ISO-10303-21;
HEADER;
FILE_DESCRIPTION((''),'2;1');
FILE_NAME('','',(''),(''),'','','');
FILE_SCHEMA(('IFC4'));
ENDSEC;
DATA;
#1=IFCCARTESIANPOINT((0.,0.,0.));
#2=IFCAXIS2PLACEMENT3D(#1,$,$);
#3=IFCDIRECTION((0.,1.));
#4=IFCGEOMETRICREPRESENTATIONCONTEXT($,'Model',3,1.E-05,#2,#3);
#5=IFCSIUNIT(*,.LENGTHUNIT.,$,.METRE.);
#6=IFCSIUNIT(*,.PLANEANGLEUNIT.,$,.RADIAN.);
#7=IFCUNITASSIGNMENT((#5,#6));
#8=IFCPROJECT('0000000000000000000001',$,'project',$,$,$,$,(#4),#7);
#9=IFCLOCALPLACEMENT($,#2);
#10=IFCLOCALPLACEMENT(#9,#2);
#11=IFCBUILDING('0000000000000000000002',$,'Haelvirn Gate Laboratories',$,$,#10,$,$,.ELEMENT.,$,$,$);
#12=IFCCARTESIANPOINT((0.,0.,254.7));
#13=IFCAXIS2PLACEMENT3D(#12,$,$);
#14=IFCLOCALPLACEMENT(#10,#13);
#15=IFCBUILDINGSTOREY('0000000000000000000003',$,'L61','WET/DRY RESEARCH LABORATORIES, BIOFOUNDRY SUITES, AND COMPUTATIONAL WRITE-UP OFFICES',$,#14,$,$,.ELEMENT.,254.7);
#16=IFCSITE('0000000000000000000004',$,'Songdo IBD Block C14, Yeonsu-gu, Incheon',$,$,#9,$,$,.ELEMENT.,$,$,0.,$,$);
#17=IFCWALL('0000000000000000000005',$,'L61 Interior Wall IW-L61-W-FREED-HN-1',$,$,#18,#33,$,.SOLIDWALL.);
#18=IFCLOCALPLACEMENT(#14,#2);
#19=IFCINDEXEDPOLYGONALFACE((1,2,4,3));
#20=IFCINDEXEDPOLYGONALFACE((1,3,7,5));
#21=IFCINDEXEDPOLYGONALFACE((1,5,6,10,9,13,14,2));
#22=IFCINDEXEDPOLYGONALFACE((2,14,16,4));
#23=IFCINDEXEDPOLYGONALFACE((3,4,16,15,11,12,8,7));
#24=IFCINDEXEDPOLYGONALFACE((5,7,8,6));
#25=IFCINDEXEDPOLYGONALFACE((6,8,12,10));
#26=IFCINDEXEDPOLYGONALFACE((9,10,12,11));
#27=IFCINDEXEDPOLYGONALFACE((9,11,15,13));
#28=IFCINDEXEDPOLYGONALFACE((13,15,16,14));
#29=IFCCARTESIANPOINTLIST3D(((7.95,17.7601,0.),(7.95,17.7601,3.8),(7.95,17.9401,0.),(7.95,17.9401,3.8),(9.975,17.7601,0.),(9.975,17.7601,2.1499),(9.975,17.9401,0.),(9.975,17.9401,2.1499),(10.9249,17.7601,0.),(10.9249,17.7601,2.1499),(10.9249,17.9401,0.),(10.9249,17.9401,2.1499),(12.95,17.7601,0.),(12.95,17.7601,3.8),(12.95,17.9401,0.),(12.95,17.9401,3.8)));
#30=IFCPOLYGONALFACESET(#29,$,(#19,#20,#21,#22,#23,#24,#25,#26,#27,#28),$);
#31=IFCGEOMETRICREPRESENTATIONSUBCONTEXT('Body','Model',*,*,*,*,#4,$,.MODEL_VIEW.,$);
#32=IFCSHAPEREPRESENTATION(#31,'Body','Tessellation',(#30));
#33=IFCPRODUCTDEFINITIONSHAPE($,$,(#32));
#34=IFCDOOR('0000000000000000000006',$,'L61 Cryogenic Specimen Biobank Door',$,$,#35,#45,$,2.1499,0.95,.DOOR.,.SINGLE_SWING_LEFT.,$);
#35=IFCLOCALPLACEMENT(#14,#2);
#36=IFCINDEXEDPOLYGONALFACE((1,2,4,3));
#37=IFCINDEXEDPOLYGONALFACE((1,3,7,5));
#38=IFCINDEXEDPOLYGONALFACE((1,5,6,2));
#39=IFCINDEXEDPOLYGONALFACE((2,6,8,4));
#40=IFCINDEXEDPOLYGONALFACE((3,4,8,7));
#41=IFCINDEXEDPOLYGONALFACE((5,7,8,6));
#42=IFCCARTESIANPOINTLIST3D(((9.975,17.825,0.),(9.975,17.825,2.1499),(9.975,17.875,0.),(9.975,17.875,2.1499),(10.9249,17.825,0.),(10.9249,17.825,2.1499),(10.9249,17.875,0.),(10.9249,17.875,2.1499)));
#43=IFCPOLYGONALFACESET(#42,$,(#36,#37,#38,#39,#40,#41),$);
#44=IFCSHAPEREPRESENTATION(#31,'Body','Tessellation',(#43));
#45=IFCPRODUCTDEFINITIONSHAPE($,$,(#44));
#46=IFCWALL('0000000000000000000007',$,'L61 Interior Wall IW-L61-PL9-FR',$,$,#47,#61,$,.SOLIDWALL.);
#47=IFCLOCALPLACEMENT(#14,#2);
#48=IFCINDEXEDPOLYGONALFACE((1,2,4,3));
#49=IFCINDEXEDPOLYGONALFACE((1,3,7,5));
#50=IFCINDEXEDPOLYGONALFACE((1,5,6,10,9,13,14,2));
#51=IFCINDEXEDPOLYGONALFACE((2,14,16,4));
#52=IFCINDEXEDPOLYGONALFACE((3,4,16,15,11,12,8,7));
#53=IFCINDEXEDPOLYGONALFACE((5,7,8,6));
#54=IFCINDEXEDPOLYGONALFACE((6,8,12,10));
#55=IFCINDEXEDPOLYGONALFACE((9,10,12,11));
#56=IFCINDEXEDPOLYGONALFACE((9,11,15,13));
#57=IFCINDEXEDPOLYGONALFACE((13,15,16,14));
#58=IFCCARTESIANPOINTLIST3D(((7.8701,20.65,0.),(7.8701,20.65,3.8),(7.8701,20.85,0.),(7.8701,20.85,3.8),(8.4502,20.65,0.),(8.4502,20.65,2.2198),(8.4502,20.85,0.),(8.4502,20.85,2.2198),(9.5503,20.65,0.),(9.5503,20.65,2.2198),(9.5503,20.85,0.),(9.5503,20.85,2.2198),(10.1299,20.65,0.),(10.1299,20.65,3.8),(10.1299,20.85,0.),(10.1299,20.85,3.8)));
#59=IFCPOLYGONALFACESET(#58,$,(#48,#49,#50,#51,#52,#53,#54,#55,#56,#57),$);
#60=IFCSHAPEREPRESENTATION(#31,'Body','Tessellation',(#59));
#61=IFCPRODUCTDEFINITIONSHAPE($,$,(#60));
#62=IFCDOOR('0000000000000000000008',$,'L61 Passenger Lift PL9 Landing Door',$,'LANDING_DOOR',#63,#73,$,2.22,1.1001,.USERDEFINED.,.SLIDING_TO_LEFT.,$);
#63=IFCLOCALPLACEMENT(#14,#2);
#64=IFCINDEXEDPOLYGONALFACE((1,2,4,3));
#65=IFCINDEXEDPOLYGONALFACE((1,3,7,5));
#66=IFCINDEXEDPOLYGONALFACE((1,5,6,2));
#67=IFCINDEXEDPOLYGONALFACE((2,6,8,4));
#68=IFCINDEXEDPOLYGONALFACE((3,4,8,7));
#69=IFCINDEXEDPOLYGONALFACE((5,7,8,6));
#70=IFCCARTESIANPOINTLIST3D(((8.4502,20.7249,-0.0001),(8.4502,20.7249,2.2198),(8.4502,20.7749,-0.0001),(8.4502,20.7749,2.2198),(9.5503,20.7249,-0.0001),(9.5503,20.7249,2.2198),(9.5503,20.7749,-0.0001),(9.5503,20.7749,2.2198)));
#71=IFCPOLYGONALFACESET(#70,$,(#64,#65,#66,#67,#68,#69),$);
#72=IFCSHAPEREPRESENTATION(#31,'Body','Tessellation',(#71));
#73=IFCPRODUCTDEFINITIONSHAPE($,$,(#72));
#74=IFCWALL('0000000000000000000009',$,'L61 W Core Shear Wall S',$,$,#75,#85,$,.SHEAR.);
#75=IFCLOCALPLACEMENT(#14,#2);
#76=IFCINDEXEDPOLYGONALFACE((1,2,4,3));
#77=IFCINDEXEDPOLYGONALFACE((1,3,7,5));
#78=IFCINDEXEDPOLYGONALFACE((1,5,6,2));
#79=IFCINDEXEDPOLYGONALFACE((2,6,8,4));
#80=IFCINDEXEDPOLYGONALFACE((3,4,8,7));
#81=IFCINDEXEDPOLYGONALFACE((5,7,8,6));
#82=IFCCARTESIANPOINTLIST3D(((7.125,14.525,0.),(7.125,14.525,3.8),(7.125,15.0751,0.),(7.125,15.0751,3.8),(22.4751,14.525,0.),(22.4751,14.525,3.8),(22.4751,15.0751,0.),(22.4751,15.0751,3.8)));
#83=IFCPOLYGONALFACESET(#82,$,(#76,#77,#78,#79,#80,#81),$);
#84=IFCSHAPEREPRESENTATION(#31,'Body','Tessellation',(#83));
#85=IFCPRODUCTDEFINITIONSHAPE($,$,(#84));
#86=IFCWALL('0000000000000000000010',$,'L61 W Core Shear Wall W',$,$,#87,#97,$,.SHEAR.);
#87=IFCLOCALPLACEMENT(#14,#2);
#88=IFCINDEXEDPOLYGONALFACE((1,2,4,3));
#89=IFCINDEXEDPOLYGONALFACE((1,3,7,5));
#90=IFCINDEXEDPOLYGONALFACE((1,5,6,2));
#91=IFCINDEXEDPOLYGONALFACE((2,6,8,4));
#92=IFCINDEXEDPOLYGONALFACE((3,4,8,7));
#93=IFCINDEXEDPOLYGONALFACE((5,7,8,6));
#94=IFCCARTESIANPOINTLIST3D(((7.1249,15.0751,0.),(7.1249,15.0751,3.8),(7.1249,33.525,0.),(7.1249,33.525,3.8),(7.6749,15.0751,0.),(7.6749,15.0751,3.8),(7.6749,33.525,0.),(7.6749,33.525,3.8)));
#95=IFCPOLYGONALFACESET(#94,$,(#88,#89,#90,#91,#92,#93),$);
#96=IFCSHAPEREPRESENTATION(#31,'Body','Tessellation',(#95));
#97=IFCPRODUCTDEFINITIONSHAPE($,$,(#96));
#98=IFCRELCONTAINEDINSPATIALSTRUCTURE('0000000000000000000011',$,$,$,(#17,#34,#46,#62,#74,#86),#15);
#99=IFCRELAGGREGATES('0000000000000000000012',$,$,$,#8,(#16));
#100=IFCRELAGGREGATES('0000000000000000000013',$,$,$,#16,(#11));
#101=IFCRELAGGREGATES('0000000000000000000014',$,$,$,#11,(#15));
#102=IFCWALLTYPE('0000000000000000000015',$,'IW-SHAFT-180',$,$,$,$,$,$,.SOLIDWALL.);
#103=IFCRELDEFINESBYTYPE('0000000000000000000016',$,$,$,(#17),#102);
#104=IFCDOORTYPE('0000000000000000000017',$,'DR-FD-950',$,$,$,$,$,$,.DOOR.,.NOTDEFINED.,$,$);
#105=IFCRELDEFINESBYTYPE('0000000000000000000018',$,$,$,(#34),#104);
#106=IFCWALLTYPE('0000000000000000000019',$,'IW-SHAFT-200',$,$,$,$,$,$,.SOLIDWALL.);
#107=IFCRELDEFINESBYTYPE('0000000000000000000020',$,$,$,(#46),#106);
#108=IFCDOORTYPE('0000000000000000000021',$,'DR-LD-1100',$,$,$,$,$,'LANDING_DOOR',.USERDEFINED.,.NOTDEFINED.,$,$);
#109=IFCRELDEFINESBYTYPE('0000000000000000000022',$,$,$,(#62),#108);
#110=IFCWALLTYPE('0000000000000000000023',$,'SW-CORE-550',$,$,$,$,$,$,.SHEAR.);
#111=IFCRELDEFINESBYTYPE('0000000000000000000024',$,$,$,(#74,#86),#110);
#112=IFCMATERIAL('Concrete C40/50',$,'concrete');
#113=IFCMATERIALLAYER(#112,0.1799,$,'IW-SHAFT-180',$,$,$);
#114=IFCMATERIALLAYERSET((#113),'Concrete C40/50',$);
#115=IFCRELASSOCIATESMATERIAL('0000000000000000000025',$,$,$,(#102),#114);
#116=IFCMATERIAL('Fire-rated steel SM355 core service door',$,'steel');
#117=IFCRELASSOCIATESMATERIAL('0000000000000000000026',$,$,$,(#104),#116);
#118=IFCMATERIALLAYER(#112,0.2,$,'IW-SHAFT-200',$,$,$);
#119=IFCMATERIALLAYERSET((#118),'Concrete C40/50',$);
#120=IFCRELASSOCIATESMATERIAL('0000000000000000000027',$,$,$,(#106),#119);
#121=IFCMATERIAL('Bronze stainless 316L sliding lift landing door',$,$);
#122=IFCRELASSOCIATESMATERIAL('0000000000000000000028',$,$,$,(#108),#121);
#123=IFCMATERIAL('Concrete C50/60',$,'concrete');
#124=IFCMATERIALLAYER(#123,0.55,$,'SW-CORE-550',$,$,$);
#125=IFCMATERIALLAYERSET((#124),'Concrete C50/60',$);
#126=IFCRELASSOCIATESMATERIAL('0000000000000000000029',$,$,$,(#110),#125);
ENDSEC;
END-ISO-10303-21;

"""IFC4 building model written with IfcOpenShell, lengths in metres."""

from ifc_helpers import new_model, si_unit, direction, frame, frame_2d, origin, place, context, subcontext, project, spatial, rectangle, extrude, source, transform, mapped, material, layer, layer_set, type_object, type_shapes, element, fill, save


model = new_model("IFC4")

# Units and contexts
model_context = context("Model", 3, precision=1e-05, world=origin(), true_north=direction((0.0, 1.0)))
body_context = subcontext(model_context, "Body", "Model", "MODEL_VIEW")
ifc_project = project(units=[si_unit("LENGTHUNIT", "METRE"), si_unit("PLANEANGLEUNIT", "RADIAN")], contexts=[model_context])

# Site, building, storey
site_placement = place(None, origin())
site = spatial("IfcSite", under=ifc_project, at=site_placement, Name="Songdo IBD Block C14, Yeonsu-gu, Incheon", CompositionType="ELEMENT", RefElevation=0.0)
building_placement = place(site_placement, origin())
building = spatial("IfcBuilding", under=site, at=building_placement, Name="Haelvirn Gate Laboratories", CompositionType="ELEMENT")
storey_placement = place(building_placement, frame((0.0, 0.0, 254.7)))
storey = spatial("IfcBuildingStorey", under=building, at=storey_placement, Name="L61", Description="WET/DRY RESEARCH LABORATORIES, BIOFOUNDRY SUITES, AND COMPUTATIONAL WRITE-UP OFFICES", CompositionType="ELEMENT", Elevation=254.7)

# Shared definitions
ifc_material_1 = material(Name="Concrete C50/60", Category="concrete")

# Shared definitions
ifc_material_2 = material(Name="Concrete C40/50", Category="concrete")
ifc_layer_1 = layer(ifc_material_2, 0.1799, Name="IW-SHAFT-180")
ifc_layer_set_1 = layer_set([ifc_layer_1], Name="Concrete C40/50")
wall_type_1 = type_object("IfcWallType", Name="IW-SHAFT-180", PredefinedType="SOLIDWALL", material=ifc_layer_set_1)

# Walls, openings, doors
wall_1_placement = place(storey_placement, frame((7.95, 17.8501, 0.0), z_axis=(0.0, 0.0, 1.0), x_axis=(1.0, 0.0, 0.0)))
wall_1 = element("IfcWall", 1, at=wall_1_placement, inside=storey, type_object=wall_type_1, Name="L61 Interior Wall IW-L61-W-FREED-HN-1", PredefinedType="SOLIDWALL", context=body_context, shape_type="SweptSolid", body=[
    extrude(rectangle(XDim=5.0, YDim=0.1799, at=frame_2d((2.5, 0.0))), origin(), (0.0, 0.0, 1.0), 3.8),
])
opening_1_placement = place(wall_1_placement, frame((2.0249, 0.0, 0.0)))
opening_1 = element("IfcOpeningElement", 2, at=opening_1_placement, cuts=wall_1, PredefinedType="OPENING", context=body_context, shape_type="SweptSolid", body=[
    extrude(rectangle(XDim=0.95, YDim=2.1499, at=frame_2d((0.4751, 1.075))), frame((0.0, 0.1001, 0.0), z_axis=(0.0, -1.0, 0.0), x_axis=(1.0, 0.0, 0.0)), (0.0, 0.0, 1.0), 0.2),
])
ifc_material_3 = material(Name="Fire-rated steel SM355 core service door", Category="steel")
door_type_1 = type_object("IfcDoorType", Name="DR-FD-950", OperationType="NOTDEFINED", PredefinedType="DOOR", material=ifc_material_3)
shared_shape_1 = source(origin(), body_context, "Body", "SweptSolid", [
    extrude(rectangle(XDim=0.95, YDim=2.1499, at=frame_2d((0.4751, 1.075))), frame((0.0, 0.0249, 0.0), z_axis=(0.0, -1.0, 0.0), x_axis=(1.0, 0.0, 0.0)), (0.0, 0.0, 1.0), 0.05),
])
type_shapes(door_type_1, [shared_shape_1])
door_1_placement = place(opening_1_placement, origin())
door_1 = element("IfcDoor", 3, at=door_1_placement, inside=storey, type_object=door_type_1, Name="L61 Cryogenic Specimen Biobank Door", OperationType="SINGLE_SWING_LEFT", OverallHeight=2.1499, OverallWidth=0.95, PredefinedType="DOOR", context=body_context, shape_type="MappedRepresentation", body=[
    mapped(shared_shape_1, transform((0.0, 0.0, 0.0), scale=1.0)),
])
fill(opening_1, door_1)
ifc_layer_2 = layer(ifc_material_2, 0.2, Name="IW-SHAFT-200")
ifc_layer_set_2 = layer_set([ifc_layer_2], Name="Concrete C40/50")
wall_type_2 = type_object("IfcWallType", Name="IW-SHAFT-200", PredefinedType="SOLIDWALL", material=ifc_layer_set_2)
wall_2_placement = place(storey_placement, frame((7.8701, 20.75, 0.0), z_axis=(0.0, 0.0, 1.0), x_axis=(1.0, 0.0, 0.0)))
wall_2 = element("IfcWall", 4, at=wall_2_placement, inside=storey, type_object=wall_type_2, Name="L61 Interior Wall IW-L61-PL9-FR", PredefinedType="SOLIDWALL", context=body_context, shape_type="SweptSolid", body=[
    extrude(rectangle(XDim=2.2598, YDim=0.2, at=frame_2d((1.1299, 0.0))), origin(), (0.0, 0.0, 1.0), 3.8),
])
opening_2_placement = place(wall_2_placement, frame((0.5801, 0.0, 0.0)))
opening_2 = element("IfcOpeningElement", 5, at=opening_2_placement, cuts=wall_2, PredefinedType="OPENING", context=body_context, shape_type="SweptSolid", body=[
    extrude(rectangle(XDim=1.1001, YDim=2.22, at=frame_2d((0.55, 1.1099))), frame((0.0, 0.1099, 0.0), z_axis=(0.0, -1.0, 0.0), x_axis=(1.0, 0.0, 0.0)), (0.0, 0.0, 1.0), 0.22),
])
ifc_material_4 = material(Name="Bronze stainless 316L sliding lift landing door")
door_type_2 = type_object("IfcDoorType", Name="DR-LD-1100", ElementType="LANDING_DOOR", OperationType="NOTDEFINED", PredefinedType="USERDEFINED", material=ifc_material_4)
shared_shape_2 = source(origin(), body_context, "Body", "SweptSolid", [
    extrude(rectangle(XDim=1.1001, YDim=2.22, at=frame_2d((0.55, 1.1099))), frame((0.0, 0.0249, 0.0), z_axis=(0.0, -1.0, 0.0), x_axis=(1.0, 0.0, 0.0)), (0.0, 0.0, 1.0), 0.05),
])
type_shapes(door_type_2, [shared_shape_2])
door_2_placement = place(opening_2_placement, origin())
door_2 = element("IfcDoor", 6, at=door_2_placement, inside=storey, type_object=door_type_2, Name="L61 Passenger Lift PL9 Landing Door", ObjectType="LANDING_DOOR", OperationType="SLIDING_TO_LEFT", OverallHeight=2.22, OverallWidth=1.1001, PredefinedType="USERDEFINED", context=body_context, shape_type="MappedRepresentation", body=[
    mapped(shared_shape_2, transform((0.0, 0.0, 0.0), scale=1.0)),
])
fill(opening_2, door_2)

# Walls
ifc_layer_3 = layer(ifc_material_1, 0.55, Name="SW-CORE-550")
ifc_layer_set_3 = layer_set([ifc_layer_3], Name="Concrete C50/60")
wall_type_3 = type_object("IfcWallType", Name="SW-CORE-550", PredefinedType="SHEAR", material=ifc_layer_set_3)
wall_3_placement = place(storey_placement, frame((7.125, 14.8, 0.0), z_axis=(0.0, 0.0, 1.0), x_axis=(1.0, 0.0, 0.0)))
element("IfcWall", 7, at=wall_3_placement, inside=storey, type_object=wall_type_3, Name="L61 W Core Shear Wall S", PredefinedType="SHEAR", context=body_context, shape_type="SweptSolid", body=[
    extrude(rectangle(XDim=15.3501, YDim=0.55, at=frame_2d((7.675, 0.0))), origin(), (0.0, 0.0, 1.0), 3.8),
])
wall_4_placement = place(storey_placement, frame((7.3999, 15.075, 0.0), z_axis=(0.0, 0.0, 1.0), x_axis=(0.0, 1.0, 0.0)))
element("IfcWall", 8, at=wall_4_placement, inside=storey, type_object=wall_type_3, Name="L61 W Core Shear Wall W", PredefinedType="SHEAR", context=body_context, shape_type="SweptSolid", body=[
    extrude(rectangle(XDim=18.45, YDim=0.55, at=frame_2d((9.2251, 0.0))), origin(), (0.0, 0.0, 1.0), 3.8),
])

save(model, "model.ifc")
